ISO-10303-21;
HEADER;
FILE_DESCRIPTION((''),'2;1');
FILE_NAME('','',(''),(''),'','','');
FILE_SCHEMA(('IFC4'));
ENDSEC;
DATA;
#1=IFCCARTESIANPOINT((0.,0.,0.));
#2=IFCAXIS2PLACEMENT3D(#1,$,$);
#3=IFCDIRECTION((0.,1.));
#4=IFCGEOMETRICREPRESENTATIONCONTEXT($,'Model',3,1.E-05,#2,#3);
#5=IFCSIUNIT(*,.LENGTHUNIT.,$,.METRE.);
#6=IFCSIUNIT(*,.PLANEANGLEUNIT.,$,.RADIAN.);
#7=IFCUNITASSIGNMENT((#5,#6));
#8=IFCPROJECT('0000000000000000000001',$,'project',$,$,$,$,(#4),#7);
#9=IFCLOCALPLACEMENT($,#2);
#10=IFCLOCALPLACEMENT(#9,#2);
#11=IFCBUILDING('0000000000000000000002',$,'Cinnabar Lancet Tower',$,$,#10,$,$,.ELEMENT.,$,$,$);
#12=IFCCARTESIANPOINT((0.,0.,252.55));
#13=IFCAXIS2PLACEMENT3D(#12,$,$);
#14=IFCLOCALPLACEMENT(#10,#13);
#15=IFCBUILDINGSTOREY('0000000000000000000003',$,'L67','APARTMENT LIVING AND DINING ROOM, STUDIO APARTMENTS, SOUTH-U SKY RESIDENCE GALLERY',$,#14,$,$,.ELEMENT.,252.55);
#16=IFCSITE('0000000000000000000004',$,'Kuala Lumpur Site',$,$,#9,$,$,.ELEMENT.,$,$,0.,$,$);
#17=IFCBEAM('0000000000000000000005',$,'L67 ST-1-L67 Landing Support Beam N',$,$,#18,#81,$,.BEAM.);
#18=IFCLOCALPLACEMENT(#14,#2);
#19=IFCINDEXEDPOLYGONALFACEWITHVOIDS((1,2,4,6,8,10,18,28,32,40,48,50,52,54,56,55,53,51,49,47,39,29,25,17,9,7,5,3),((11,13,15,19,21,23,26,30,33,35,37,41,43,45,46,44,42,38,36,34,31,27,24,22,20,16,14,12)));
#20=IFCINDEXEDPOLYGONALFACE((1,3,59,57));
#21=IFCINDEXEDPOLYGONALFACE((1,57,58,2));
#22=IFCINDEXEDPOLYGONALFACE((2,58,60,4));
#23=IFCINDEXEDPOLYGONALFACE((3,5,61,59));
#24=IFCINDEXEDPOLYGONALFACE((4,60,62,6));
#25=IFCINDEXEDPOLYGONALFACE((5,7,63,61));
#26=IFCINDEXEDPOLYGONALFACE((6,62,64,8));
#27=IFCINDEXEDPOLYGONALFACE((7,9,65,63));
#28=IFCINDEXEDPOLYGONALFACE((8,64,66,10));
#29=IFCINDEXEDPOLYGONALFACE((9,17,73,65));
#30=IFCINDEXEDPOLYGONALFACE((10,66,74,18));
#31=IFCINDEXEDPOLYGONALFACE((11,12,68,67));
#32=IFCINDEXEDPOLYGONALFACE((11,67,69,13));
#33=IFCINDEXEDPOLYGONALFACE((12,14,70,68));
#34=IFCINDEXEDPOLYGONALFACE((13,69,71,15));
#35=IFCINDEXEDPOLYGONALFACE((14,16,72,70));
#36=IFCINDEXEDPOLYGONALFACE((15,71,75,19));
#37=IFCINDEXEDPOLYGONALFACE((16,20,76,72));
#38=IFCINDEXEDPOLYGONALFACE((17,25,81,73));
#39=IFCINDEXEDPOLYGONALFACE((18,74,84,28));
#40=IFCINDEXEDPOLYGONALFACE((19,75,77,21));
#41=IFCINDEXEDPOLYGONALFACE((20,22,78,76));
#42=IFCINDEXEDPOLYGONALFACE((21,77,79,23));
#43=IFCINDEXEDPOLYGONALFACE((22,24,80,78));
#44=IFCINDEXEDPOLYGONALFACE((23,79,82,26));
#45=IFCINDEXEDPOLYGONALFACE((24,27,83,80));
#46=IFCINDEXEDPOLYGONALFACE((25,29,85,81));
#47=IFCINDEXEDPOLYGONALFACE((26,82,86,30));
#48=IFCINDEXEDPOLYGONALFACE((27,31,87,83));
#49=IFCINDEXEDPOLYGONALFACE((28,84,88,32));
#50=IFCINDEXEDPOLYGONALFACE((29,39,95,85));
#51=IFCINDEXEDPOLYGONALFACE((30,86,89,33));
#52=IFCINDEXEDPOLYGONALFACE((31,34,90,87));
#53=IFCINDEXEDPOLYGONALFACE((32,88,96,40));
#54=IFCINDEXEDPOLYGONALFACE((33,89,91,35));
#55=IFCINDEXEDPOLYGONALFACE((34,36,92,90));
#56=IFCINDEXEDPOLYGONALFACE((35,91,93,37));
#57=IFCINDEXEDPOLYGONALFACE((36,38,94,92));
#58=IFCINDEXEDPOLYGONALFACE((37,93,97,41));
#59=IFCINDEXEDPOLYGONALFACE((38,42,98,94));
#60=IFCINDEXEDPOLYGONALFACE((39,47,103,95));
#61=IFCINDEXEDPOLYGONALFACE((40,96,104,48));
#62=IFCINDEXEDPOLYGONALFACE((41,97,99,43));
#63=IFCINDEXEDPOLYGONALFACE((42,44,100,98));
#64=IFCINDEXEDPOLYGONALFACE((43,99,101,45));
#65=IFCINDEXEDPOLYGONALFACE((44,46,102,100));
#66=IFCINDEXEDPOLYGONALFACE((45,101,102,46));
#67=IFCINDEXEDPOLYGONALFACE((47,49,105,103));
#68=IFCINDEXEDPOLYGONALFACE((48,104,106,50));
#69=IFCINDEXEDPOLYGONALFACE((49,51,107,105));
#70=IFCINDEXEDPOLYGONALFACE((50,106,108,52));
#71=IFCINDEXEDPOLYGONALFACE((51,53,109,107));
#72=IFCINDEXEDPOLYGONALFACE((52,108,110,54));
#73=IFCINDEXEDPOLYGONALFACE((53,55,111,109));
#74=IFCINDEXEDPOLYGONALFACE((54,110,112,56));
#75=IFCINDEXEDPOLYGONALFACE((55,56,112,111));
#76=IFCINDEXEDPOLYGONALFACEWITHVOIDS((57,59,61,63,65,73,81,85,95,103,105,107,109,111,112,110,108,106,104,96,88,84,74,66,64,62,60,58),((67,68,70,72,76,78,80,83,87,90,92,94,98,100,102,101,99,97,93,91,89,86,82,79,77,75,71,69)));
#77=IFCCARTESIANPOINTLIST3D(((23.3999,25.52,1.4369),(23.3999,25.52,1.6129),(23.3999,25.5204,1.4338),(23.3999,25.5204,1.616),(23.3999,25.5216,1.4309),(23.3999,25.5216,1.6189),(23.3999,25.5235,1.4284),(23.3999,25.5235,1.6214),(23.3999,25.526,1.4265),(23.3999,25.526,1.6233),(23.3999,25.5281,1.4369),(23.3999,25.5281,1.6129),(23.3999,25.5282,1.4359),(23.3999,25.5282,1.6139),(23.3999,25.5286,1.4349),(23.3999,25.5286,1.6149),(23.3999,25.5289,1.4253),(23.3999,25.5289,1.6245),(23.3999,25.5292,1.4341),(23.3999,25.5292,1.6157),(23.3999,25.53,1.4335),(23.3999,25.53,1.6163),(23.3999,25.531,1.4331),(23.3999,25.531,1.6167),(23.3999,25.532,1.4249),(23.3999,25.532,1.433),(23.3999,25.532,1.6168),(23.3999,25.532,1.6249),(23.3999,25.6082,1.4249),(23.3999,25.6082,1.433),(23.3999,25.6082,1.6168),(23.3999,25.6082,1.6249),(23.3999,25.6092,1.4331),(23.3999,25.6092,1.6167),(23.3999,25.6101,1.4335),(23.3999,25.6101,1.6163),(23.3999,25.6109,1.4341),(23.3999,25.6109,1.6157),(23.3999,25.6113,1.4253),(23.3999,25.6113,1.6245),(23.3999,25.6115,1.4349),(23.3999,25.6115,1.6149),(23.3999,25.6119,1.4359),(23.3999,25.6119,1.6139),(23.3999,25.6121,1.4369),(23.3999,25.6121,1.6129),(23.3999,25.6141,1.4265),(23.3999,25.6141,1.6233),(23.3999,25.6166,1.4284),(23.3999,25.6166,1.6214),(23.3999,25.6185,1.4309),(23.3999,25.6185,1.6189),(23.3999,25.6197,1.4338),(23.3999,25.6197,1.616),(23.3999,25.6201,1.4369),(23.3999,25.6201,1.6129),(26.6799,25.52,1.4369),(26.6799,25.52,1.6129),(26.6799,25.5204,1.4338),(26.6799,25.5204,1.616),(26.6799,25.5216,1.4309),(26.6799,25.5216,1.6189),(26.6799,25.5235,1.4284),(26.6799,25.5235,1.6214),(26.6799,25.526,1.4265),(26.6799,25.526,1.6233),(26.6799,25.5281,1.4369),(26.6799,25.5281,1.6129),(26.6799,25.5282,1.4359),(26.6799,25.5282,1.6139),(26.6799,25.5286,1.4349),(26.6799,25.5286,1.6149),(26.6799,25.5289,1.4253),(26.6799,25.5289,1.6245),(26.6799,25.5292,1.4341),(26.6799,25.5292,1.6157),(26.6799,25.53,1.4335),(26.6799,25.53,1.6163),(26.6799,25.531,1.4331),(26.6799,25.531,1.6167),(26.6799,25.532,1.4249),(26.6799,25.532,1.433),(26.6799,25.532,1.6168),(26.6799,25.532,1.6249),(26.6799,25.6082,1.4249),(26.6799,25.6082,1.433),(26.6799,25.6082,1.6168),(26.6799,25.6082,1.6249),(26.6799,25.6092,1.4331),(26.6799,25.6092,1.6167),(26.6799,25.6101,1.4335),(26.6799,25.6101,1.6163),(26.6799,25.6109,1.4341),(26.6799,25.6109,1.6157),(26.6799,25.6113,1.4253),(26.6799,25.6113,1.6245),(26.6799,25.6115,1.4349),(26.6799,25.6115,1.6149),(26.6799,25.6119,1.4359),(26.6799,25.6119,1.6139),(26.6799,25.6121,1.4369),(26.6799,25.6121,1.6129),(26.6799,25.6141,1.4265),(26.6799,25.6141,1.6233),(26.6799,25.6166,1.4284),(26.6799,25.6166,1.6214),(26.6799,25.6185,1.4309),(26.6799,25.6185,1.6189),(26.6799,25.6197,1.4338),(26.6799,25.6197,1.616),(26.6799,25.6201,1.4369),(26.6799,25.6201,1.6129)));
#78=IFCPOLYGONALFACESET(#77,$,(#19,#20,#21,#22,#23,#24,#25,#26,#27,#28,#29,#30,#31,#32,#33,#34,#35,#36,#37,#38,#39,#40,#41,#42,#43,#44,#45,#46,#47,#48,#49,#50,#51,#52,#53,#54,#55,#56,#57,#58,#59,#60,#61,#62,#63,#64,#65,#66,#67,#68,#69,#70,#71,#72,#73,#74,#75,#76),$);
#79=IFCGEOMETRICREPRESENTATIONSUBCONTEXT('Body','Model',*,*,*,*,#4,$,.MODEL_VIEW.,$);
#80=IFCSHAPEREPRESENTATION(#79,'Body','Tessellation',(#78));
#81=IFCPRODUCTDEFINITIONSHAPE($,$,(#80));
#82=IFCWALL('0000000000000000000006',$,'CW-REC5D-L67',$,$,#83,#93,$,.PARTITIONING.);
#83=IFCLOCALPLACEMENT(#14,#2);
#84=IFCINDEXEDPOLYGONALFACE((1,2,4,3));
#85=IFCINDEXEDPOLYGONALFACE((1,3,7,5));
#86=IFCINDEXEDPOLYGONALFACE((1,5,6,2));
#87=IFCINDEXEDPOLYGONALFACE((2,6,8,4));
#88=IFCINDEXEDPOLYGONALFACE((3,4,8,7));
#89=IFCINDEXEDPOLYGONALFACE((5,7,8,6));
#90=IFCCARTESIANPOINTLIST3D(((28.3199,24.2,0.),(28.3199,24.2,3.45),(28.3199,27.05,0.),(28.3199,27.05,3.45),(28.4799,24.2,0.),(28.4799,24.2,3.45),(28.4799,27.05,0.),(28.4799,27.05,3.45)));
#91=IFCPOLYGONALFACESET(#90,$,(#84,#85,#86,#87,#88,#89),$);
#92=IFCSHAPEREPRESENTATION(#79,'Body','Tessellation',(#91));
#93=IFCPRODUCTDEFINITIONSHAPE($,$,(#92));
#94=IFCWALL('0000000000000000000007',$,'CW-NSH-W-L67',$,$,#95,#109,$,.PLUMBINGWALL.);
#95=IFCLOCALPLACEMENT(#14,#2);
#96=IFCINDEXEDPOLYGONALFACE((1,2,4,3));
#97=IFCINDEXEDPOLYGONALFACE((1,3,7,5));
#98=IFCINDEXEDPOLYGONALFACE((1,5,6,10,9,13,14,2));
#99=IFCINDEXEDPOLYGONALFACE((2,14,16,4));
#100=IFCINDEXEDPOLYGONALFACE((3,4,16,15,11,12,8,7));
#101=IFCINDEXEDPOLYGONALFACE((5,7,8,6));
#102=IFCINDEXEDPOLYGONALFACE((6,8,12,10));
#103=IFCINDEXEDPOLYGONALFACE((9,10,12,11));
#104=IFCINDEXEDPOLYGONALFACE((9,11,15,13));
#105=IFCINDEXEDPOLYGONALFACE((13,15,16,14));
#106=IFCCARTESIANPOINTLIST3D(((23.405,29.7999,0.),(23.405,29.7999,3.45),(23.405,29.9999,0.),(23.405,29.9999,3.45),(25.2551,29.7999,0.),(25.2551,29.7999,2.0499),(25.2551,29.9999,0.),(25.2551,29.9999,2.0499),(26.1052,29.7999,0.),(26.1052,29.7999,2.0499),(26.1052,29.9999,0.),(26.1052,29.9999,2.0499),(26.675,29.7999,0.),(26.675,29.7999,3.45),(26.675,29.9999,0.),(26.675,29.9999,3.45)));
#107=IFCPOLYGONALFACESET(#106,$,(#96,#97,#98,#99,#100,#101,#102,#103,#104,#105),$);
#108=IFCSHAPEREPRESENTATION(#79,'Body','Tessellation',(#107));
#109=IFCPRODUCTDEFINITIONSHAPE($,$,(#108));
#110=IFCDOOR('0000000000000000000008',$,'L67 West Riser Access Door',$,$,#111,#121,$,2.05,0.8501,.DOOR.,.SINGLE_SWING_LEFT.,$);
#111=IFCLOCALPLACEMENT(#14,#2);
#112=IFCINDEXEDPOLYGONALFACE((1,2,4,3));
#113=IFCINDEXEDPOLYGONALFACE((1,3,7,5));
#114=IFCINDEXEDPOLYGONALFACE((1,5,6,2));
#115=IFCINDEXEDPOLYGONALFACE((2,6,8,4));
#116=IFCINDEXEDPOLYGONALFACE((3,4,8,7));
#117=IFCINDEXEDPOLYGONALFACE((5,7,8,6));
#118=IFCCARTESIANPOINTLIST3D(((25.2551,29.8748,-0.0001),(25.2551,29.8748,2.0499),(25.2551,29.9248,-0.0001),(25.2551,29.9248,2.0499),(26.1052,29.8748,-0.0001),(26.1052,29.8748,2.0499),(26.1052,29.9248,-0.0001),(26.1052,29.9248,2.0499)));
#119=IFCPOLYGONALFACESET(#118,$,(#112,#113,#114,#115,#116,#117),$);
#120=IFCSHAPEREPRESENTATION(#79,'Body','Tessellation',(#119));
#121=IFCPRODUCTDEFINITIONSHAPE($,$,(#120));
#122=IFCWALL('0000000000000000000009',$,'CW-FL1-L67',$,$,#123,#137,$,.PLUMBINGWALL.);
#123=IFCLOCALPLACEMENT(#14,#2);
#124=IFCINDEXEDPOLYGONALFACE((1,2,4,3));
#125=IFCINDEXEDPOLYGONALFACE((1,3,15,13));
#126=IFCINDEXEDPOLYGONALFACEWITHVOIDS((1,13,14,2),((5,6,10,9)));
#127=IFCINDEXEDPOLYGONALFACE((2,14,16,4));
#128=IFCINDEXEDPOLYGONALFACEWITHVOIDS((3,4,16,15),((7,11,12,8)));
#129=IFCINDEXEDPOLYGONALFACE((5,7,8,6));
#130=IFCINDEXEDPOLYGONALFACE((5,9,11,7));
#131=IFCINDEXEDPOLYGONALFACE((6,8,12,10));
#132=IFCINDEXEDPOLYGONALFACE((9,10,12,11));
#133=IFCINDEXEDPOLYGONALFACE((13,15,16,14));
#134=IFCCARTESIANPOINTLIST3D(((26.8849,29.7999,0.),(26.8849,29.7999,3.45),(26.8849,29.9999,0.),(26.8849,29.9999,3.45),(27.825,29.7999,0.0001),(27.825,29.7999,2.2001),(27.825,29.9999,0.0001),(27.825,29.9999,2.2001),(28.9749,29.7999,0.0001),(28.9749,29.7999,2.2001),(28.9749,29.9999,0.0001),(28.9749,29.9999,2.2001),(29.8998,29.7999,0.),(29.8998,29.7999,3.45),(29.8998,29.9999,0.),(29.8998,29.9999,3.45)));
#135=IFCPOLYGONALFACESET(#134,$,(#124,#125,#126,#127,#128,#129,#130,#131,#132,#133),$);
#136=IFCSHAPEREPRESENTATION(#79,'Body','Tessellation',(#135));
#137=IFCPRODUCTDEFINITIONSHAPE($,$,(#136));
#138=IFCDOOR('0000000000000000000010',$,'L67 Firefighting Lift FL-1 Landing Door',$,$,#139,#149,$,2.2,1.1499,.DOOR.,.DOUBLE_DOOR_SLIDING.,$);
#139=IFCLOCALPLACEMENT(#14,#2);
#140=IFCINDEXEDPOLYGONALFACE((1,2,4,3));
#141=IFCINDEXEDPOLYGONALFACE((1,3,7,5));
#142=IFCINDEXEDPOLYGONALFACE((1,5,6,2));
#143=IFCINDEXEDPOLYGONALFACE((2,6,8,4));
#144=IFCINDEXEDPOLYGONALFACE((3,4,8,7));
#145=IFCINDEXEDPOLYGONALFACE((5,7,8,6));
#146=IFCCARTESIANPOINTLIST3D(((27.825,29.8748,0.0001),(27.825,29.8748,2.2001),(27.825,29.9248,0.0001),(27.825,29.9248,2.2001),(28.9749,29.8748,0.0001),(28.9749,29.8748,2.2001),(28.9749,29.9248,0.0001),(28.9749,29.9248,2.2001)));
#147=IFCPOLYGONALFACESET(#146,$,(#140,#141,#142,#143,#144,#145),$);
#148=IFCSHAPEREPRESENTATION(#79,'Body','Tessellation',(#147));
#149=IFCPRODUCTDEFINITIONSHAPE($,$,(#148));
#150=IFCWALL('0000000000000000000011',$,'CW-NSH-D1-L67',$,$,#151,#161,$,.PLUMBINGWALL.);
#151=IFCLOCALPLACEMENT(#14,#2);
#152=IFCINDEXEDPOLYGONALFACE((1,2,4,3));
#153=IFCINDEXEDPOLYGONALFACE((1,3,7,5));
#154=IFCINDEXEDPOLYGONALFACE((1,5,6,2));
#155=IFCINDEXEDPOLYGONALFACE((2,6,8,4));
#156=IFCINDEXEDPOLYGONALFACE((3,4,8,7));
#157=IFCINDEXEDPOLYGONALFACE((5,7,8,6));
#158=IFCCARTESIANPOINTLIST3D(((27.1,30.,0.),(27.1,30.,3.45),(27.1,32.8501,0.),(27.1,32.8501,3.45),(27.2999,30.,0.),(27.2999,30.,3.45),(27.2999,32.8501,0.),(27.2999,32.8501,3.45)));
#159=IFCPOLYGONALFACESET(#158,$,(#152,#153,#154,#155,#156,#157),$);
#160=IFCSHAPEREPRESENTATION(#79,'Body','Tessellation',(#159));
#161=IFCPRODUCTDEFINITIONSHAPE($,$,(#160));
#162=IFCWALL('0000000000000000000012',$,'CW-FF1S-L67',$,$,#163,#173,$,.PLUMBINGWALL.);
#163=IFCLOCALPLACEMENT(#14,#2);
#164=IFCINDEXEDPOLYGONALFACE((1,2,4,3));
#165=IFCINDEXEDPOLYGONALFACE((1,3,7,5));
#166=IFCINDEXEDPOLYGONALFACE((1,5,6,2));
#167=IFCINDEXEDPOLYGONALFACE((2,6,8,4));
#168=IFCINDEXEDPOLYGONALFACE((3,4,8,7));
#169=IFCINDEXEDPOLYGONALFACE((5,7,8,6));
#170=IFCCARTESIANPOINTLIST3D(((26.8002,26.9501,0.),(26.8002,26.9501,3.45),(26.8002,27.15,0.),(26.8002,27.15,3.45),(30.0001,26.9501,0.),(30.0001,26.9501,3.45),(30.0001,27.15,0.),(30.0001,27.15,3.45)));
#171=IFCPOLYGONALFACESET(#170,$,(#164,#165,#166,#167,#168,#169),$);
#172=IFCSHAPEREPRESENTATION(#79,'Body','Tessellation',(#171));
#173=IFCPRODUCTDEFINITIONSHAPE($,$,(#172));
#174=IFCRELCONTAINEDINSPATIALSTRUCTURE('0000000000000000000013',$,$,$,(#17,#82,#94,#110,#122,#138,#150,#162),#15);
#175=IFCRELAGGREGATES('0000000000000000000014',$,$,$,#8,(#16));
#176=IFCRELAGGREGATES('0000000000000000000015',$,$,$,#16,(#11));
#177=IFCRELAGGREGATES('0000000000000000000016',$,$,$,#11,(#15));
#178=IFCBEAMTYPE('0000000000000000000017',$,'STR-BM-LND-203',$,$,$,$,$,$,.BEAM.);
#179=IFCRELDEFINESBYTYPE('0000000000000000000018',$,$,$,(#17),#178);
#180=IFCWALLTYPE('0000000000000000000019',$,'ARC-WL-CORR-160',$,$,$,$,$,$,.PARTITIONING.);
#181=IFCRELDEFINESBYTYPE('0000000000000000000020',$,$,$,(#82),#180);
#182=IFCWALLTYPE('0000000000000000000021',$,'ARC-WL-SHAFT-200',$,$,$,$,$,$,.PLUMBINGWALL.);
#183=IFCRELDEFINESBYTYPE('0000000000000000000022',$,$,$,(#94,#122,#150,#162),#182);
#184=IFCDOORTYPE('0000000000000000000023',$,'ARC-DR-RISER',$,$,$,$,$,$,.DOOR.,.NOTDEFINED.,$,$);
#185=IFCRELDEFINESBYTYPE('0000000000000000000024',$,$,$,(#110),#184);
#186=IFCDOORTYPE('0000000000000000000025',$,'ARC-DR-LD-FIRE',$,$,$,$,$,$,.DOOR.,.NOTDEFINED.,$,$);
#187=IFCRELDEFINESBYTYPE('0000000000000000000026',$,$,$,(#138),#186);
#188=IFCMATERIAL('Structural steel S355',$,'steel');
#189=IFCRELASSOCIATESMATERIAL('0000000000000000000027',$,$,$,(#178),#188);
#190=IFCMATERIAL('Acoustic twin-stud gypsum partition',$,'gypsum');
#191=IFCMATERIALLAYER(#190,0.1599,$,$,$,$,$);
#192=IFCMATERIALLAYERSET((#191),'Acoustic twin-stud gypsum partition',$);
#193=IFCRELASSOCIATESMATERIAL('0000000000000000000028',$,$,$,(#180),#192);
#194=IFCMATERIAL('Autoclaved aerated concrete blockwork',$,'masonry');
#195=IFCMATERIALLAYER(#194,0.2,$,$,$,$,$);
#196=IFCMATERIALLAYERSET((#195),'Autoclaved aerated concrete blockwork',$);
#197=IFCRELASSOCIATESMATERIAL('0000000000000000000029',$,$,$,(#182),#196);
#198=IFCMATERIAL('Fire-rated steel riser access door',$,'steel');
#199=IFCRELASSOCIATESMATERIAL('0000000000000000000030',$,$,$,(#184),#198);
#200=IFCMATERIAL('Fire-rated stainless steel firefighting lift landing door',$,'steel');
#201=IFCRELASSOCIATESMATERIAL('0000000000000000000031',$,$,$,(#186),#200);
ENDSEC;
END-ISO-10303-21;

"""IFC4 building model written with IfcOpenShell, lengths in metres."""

from ifc_helpers import new_model, si_unit, direction, frame, frame_2d, origin, origin_2d, place, context, subcontext, project, spatial, rectangle, hollow_rectangle, extrude, material, layer, layer_set, material_profile, profile_set, type_object, element, fill, save


model = new_model("IFC4")

# Units and contexts
model_context = context("Model", 3, precision=1e-05, world=origin(), true_north=direction((0.0, 1.0)))
body_context = subcontext(model_context, "Body", "Model", "MODEL_VIEW")
ifc_project = project(units=[si_unit("LENGTHUNIT", "METRE"), si_unit("PLANEANGLEUNIT", "RADIAN")], contexts=[model_context])

# Site, building, storey
site_placement = place(None, origin())
site = spatial("IfcSite", under=ifc_project, at=site_placement, Name="Kuala Lumpur Site", CompositionType="ELEMENT", RefElevation=0.0)
building_placement = place(site_placement, origin())
building = spatial("IfcBuilding", under=site, at=building_placement, Name="Cinnabar Lancet Tower", CompositionType="ELEMENT")
storey_placement = place(building_placement, frame((0.0, 0.0, 252.55)))
storey = spatial("IfcBuildingStorey", under=building, at=storey_placement, Name="L67", Description="APARTMENT LIVING AND DINING ROOM, STUDIO APARTMENTS, SOUTH-U SKY RESIDENCE GALLERY", CompositionType="ELEMENT", Elevation=252.55)

# Beam
ifc_material_1 = material(Name="Structural steel S355", Category="steel")
ifc_material_profile_1 = material_profile(ifc_material_1, hollow_rectangle(XDim=0.1001, YDim=0.2, WallThickness=0.0081, InnerFilletRadius=0.0039, OuterFilletRadius=0.012, at=origin_2d()), Name="RHS 200x100x8")
ifc_profile_set_1 = profile_set([ifc_material_profile_1], Name="Structural steel S355")
beam_type_1 = type_object("IfcBeamType", Name="STR-BM-LND-203", PredefinedType="BEAM", material=ifc_profile_set_1)
beam_1_placement = place(storey_placement, frame((23.3999, 25.5701, 1.5249), z_axis=(1.0, 0.0, 0.0), x_axis=(0.0, 1.0, 0.0)))
element("IfcBeam", 1, at=beam_1_placement, inside=storey, type_object=beam_type_1, Name="L67 ST-1-L67 Landing Support Beam N", PredefinedType="BEAM", context=body_context, shape_type="SweptSolid", body=[
    extrude(hollow_rectangle(XDim=0.1001, YDim=0.2, WallThickness=0.0081, InnerFilletRadius=0.0039, OuterFilletRadius=0.012, at=origin_2d()), origin(), (0.0, 0.0, 1.0), 3.28),
])

# Wall
ifc_material_2 = material(Name="Acoustic twin-stud gypsum partition", Category="gypsum")
ifc_layer_1 = layer(ifc_material_2, 0.1599)
ifc_layer_set_1 = layer_set([ifc_layer_1], Name="Acoustic twin-stud gypsum partition")
wall_type_1 = type_object("IfcWallType", Name="ARC-WL-CORR-160", PredefinedType="PARTITIONING", material=ifc_layer_set_1)
wall_1_placement = place(storey_placement, frame((28.3999, 24.2, 0.0), z_axis=(0.0, 0.0, 1.0), x_axis=(0.0, 1.0, 0.0)))
element("IfcWall", 2, at=wall_1_placement, inside=storey, type_object=wall_type_1, Name="CW-REC5D-L67", PredefinedType="PARTITIONING", context=body_context, shape_type="SweptSolid", body=[
    extrude(rectangle(XDim=2.8501, YDim=0.1599, at=frame_2d((1.425, 0.0))), origin(), (0.0, 0.0, 1.0), 3.45),
])

# Walls, openings, doors
ifc_material_3 = material(Name="Autoclaved aerated concrete blockwork", Category="masonry")
ifc_layer_2 = layer(ifc_material_3, 0.2)
ifc_layer_set_2 = layer_set([ifc_layer_2], Name="Autoclaved aerated concrete blockwork")
wall_type_2 = type_object("IfcWallType", Name="ARC-WL-SHAFT-200", PredefinedType="PLUMBINGWALL", material=ifc_layer_set_2)
wall_2_placement = place(storey_placement, frame((23.405, 29.8999, 0.0), z_axis=(0.0, 0.0, 1.0), x_axis=(1.0, 0.0, 0.0)))
wall_2 = element("IfcWall", 3, at=wall_2_placement, inside=storey, type_object=wall_type_2, Name="CW-NSH-W-L67", PredefinedType="PLUMBINGWALL", context=body_context, shape_type="SweptSolid", body=[
    extrude(rectangle(XDim=3.27, YDim=0.2, at=frame_2d((1.635, 0.0))), origin(), (0.0, 0.0, 1.0), 3.45),
])
opening_1_placement = place(wall_2_placement, frame((1.8501, 0.0, 0.0)))
opening_1 = element("IfcOpeningElement", 4, at=opening_1_placement, cuts=wall_2, PredefinedType="OPENING", context=body_context, shape_type="SweptSolid", body=[
    extrude(rectangle(XDim=0.8501, YDim=2.05, at=frame_2d((0.425, 1.0249))), frame((0.0, 0.1099, 0.0), z_axis=(0.0, -1.0, 0.0), x_axis=(1.0, 0.0, 0.0)), (0.0, 0.0, 1.0), 0.22),
])
ifc_material_4 = material(Name="Fire-rated steel riser access door", Category="steel")
door_type_1 = type_object("IfcDoorType", Name="ARC-DR-RISER", OperationType="NOTDEFINED", PredefinedType="DOOR", material=ifc_material_4)
door_1_placement = place(opening_1_placement, origin())
door_1 = element("IfcDoor", 5, at=door_1_placement, inside=storey, type_object=door_type_1, Name="L67 West Riser Access Door", OperationType="SINGLE_SWING_LEFT", OverallHeight=2.05, OverallWidth=0.8501, PredefinedType="DOOR", context=body_context, shape_type="SweptSolid", body=[
    extrude(rectangle(XDim=0.8501, YDim=2.05, at=frame_2d((0.425, 1.0249))), frame((0.0, 0.0249, 0.0), z_axis=(0.0, -1.0, 0.0), x_axis=(1.0, 0.0, 0.0)), (0.0, 0.0, 1.0), 0.05),
])
fill(opening_1, door_1)
wall_3_placement = place(storey_placement, frame((26.885, 29.8999, 0.0), z_axis=(0.0, 0.0, 1.0), x_axis=(1.0, 0.0, 0.0)))
wall_3 = element("IfcWall", 6, at=wall_3_placement, inside=storey, type_object=wall_type_2, Name="CW-FL1-L67", PredefinedType="PLUMBINGWALL", context=body_context, shape_type="SweptSolid", body=[
    extrude(rectangle(XDim=3.0149, YDim=0.2, at=frame_2d((1.5073, 0.0))), origin(), (0.0, 0.0, 1.0), 3.45),
])
opening_2_placement = place(wall_3_placement, frame((0.9399, 0.0, 0.0)))
opening_2 = element("IfcOpeningElement", 7, at=opening_2_placement, cuts=wall_3, PredefinedType="OPENING", context=body_context, shape_type="SweptSolid", body=[
    extrude(rectangle(XDim=1.1499, YDim=2.2, at=frame_2d((0.575, 1.1001))), frame((0.0, 0.1099, 0.0), z_axis=(0.0, -1.0, 0.0), x_axis=(1.0, 0.0, 0.0)), (0.0, 0.0, 1.0), 0.22),
])
ifc_material_5 = material(Name="Fire-rated stainless steel firefighting lift landing door", Category="steel")
door_type_2 = type_object("IfcDoorType", Name="ARC-DR-LD-FIRE", OperationType="NOTDEFINED", PredefinedType="DOOR", material=ifc_material_5)
door_2_placement = place(opening_2_placement, origin())
door_2 = element("IfcDoor", 8, at=door_2_placement, inside=storey, type_object=door_type_2, Name="L67 Firefighting Lift FL-1 Landing Door", OperationType="DOUBLE_DOOR_SLIDING", OverallHeight=2.2, OverallWidth=1.1499, PredefinedType="DOOR", context=body_context, shape_type="SweptSolid", body=[
    extrude(rectangle(XDim=1.1499, YDim=2.2, at=frame_2d((0.575, 1.1001))), frame((0.0, 0.0249, 0.0), z_axis=(0.0, -1.0, 0.0), x_axis=(1.0, 0.0, 0.0)), (0.0, 0.0, 1.0), 0.05),
])
fill(opening_2, door_2)

# Walls
wall_4_placement = place(storey_placement, frame((27.2, 30.0, 0.0), z_axis=(0.0, 0.0, 1.0), x_axis=(0.0, 1.0, 0.0)))
element("IfcWall", 9, at=wall_4_placement, inside=storey, type_object=wall_type_2, Name="CW-NSH-D1-L67", PredefinedType="PLUMBINGWALL", context=body_context, shape_type="SweptSolid", body=[
    extrude(rectangle(XDim=2.8501, YDim=0.2, at=frame_2d((1.425, 0.0))), origin(), (0.0, 0.0, 1.0), 3.45),
])
wall_5_placement = place(storey_placement, frame((26.8, 27.05, 0.0), z_axis=(0.0, 0.0, 1.0), x_axis=(1.0, 0.0, 0.0)))
element("IfcWall", 10, at=wall_5_placement, inside=storey, type_object=wall_type_2, Name="CW-FF1S-L67", PredefinedType="PLUMBINGWALL", context=body_context, shape_type="SweptSolid", body=[
    extrude(rectangle(XDim=3.2, YDim=0.2, at=frame_2d((1.6001, 0.0))), origin(), (0.0, 0.0, 1.0), 3.45),
])

save(model, "model.ifc")
